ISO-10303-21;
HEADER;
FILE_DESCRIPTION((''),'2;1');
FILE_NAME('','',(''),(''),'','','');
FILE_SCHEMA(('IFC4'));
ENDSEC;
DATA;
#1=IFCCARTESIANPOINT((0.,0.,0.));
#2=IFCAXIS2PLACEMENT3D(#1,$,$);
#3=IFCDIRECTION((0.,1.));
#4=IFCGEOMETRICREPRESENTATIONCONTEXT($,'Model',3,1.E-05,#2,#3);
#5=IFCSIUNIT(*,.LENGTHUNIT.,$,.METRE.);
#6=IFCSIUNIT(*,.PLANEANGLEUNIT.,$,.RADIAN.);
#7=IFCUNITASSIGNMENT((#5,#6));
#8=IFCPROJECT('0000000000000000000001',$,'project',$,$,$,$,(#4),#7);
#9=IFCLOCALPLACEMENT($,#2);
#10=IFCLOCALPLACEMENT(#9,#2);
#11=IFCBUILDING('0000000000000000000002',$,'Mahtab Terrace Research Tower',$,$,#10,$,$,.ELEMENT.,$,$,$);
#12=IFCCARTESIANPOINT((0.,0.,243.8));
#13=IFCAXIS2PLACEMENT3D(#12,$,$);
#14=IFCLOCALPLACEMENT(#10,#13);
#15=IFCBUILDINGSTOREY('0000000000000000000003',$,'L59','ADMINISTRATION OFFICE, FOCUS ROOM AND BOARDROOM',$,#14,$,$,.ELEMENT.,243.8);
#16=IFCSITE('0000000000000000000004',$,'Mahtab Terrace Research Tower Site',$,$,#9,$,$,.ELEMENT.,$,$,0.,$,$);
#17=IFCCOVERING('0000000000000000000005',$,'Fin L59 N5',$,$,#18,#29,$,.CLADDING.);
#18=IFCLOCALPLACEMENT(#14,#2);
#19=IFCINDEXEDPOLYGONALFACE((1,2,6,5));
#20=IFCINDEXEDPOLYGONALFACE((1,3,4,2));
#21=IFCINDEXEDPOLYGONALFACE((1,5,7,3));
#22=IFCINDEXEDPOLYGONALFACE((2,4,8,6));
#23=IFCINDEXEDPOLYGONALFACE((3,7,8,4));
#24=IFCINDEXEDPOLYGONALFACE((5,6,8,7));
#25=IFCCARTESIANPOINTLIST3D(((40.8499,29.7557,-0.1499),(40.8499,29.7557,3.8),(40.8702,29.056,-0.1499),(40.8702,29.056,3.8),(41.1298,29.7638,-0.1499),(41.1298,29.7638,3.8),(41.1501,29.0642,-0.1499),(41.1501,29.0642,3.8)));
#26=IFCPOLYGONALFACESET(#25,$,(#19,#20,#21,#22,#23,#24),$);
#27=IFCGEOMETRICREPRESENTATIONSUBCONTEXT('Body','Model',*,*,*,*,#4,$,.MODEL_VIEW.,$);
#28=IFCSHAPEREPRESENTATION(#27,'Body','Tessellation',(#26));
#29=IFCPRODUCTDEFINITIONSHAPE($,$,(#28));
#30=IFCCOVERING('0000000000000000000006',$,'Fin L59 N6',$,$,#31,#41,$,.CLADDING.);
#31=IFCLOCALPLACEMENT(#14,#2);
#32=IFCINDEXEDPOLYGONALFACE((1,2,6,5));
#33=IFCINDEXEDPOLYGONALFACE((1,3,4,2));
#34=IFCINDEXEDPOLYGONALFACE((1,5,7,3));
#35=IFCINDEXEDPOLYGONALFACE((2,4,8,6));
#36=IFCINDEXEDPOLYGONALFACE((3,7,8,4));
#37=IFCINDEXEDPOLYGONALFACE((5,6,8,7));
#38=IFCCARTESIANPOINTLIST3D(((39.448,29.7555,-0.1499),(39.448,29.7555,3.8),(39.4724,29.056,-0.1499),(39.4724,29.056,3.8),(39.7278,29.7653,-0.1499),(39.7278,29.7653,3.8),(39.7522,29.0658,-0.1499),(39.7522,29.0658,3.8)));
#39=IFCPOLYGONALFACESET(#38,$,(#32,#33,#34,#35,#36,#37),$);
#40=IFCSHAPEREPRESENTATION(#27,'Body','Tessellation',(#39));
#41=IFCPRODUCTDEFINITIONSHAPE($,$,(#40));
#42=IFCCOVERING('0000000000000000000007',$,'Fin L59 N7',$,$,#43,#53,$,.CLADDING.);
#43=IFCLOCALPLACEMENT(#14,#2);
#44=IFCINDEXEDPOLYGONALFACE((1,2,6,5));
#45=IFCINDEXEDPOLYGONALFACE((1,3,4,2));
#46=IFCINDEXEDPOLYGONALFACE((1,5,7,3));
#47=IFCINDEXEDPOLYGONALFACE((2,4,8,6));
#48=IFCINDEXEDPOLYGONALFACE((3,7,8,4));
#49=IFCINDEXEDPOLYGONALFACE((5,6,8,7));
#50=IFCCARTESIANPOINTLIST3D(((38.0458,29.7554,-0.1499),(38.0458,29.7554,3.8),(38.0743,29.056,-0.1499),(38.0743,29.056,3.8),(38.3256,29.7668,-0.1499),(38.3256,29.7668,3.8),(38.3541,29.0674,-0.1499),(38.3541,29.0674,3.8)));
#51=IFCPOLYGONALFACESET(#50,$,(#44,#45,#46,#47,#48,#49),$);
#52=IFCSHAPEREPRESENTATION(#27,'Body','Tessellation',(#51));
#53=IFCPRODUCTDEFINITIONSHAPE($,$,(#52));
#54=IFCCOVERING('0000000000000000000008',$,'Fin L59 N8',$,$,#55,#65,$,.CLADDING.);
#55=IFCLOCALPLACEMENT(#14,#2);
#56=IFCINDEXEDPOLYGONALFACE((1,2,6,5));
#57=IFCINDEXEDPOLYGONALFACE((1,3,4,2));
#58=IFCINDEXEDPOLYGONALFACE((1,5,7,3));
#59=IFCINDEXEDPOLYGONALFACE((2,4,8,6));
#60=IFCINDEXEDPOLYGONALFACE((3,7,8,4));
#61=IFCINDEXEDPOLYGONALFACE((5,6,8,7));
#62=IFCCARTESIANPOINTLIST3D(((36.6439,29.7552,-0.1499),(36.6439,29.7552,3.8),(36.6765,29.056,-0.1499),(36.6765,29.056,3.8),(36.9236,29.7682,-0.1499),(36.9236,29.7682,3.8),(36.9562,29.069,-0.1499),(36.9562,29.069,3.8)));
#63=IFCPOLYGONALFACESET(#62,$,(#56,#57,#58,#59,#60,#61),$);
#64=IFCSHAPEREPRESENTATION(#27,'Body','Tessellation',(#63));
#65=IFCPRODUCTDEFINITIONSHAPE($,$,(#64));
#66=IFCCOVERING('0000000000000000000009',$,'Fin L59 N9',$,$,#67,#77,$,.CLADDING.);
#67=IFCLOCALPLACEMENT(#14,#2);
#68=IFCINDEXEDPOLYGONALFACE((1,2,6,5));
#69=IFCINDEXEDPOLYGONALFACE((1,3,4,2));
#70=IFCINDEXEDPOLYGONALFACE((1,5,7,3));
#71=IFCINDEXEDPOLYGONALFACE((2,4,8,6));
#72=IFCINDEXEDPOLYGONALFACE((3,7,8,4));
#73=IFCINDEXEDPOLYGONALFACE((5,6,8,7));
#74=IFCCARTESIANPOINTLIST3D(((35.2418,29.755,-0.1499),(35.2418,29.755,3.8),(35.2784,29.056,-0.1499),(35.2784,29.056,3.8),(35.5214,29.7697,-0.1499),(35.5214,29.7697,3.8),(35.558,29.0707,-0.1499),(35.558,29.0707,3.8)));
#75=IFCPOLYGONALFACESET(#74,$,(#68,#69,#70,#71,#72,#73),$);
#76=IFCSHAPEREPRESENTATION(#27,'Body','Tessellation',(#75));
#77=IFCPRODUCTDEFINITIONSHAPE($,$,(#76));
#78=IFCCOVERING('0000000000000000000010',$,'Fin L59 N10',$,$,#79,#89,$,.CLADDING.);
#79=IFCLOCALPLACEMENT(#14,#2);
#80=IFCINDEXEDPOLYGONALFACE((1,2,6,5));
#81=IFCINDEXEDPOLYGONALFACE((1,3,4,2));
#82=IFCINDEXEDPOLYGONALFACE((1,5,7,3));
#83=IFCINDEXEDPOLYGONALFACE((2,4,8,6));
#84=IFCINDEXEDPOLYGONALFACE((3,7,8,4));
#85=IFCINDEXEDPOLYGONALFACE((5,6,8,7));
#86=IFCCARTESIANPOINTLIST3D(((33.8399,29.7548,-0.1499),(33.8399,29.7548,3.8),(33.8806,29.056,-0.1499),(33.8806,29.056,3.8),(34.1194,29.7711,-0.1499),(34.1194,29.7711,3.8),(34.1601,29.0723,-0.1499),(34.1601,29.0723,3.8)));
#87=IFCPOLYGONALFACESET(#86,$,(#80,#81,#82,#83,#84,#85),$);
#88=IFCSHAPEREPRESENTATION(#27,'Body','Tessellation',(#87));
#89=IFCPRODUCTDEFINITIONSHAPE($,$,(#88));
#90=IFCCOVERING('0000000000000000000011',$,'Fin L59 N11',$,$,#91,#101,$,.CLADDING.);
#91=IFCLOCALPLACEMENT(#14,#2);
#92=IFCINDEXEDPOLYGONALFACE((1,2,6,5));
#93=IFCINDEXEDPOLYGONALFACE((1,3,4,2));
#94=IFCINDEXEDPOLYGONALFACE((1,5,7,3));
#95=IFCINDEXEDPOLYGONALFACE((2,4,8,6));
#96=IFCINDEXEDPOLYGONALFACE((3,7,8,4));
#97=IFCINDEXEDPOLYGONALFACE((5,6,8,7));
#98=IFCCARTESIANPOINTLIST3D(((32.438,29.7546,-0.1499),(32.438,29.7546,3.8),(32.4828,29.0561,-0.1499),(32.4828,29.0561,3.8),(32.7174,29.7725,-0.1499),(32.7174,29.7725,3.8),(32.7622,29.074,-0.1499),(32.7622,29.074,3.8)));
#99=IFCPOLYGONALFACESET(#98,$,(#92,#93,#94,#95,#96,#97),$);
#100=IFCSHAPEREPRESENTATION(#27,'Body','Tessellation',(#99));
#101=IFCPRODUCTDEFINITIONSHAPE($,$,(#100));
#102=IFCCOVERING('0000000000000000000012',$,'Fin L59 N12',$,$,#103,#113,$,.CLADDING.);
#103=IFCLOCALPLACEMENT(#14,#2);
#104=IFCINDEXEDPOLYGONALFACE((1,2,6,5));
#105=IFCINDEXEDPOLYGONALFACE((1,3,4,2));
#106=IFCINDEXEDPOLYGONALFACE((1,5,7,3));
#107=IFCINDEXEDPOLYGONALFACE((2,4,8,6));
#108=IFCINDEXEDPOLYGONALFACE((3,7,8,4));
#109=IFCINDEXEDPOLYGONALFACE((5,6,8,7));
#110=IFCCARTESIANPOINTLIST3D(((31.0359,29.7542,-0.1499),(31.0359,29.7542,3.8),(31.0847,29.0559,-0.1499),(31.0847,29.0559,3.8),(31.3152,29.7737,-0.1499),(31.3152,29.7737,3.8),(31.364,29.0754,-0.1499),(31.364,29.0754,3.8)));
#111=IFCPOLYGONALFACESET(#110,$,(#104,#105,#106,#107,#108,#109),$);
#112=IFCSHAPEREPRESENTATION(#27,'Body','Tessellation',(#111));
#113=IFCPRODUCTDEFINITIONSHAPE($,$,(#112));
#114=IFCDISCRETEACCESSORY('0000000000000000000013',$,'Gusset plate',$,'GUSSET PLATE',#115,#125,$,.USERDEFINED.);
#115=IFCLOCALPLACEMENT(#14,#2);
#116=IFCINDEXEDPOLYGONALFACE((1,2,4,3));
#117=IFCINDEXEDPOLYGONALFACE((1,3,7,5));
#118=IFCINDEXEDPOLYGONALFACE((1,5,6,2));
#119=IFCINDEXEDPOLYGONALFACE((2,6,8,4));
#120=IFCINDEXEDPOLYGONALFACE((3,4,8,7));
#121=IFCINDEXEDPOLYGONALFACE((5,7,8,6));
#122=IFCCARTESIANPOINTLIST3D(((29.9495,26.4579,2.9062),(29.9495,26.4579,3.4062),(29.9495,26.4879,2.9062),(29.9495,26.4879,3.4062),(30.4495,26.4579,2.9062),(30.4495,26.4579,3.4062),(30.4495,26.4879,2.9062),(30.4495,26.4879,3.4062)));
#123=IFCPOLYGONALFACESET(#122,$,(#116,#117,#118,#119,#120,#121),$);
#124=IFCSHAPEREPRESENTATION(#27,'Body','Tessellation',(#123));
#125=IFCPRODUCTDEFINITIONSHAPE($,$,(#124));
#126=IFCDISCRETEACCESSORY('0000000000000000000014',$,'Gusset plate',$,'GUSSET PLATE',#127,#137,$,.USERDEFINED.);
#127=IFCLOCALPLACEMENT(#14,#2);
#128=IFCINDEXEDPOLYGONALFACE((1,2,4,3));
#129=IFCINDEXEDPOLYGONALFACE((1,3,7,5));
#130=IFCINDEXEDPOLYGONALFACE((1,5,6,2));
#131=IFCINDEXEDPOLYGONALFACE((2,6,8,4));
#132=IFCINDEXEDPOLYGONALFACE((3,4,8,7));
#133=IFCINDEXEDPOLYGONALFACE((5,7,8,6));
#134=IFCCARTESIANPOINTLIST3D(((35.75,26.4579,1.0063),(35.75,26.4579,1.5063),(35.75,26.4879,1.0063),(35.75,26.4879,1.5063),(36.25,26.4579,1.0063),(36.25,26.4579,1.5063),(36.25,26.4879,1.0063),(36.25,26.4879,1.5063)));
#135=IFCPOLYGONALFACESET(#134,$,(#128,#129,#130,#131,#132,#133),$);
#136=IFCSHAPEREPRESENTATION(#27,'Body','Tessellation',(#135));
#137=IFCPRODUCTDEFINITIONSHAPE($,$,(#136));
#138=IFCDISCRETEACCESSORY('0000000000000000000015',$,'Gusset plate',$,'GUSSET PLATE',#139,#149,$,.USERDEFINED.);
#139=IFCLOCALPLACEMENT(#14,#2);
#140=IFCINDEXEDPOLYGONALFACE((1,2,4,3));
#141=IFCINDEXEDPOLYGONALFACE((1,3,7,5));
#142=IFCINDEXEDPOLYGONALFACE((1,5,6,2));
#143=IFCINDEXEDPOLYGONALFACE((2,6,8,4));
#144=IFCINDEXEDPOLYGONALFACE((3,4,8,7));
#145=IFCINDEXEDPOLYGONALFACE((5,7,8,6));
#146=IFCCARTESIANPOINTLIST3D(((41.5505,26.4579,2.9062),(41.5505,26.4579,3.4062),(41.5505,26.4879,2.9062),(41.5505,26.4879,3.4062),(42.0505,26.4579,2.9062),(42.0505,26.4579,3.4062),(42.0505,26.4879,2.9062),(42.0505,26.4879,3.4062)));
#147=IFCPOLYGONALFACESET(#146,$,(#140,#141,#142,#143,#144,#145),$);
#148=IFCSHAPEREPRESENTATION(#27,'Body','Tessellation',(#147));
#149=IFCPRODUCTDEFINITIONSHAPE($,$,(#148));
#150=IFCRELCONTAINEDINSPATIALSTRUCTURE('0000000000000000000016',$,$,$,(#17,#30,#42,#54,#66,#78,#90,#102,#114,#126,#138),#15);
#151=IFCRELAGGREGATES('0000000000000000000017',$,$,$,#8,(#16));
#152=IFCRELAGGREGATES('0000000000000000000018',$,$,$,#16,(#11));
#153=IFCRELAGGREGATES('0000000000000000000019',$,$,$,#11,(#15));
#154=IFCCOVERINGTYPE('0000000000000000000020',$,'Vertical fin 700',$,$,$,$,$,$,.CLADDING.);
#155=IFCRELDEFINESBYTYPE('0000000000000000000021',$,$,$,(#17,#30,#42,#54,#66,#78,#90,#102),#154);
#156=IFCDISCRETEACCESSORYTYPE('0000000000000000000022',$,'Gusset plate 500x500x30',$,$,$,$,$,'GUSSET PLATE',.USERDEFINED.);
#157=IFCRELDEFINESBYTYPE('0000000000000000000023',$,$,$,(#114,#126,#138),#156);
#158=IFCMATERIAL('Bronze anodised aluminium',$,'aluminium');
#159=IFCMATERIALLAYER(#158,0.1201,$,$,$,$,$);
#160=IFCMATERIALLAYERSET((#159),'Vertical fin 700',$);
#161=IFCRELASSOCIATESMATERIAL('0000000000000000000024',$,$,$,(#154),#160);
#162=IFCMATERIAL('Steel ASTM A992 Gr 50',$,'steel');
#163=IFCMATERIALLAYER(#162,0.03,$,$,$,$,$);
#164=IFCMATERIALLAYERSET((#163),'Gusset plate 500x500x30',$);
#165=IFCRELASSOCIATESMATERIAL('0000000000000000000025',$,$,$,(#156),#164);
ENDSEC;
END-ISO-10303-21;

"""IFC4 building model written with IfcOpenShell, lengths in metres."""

from ifc_helpers import new_model, si_unit, direction, frame, origin, origin_2d, place, context, subcontext, project, spatial, rectangle, extrude, material, layer, layer_set, type_object, element, save


model = new_model("IFC4")

# Units and contexts
model_context = context("Model", 3, precision=1e-05, world=origin(), true_north=direction((0.0, 1.0)))
body_context = subcontext(model_context, "Body", "Model", "MODEL_VIEW")
ifc_project = project(units=[si_unit("LENGTHUNIT", "METRE"), si_unit("PLANEANGLEUNIT", "RADIAN")], contexts=[model_context])

# Site, building, storey
site_placement = place(None, origin())
site = spatial("IfcSite", under=ifc_project, at=site_placement, Name="Mahtab Terrace Research Tower Site", CompositionType="ELEMENT", RefElevation=0.0)
building_placement = place(site_placement, origin())
building = spatial("IfcBuilding", under=site, at=building_placement, Name="Mahtab Terrace Research Tower", CompositionType="ELEMENT")
storey_placement = place(building_placement, frame((0.0, 0.0, 243.8)))
storey = spatial("IfcBuildingStorey", under=building, at=storey_placement, Name="L59", Description="ADMINISTRATION OFFICE, FOCUS ROOM AND BOARDROOM", CompositionType="ELEMENT", Elevation=243.8)

# Shared definitions
ifc_material_1 = material(Name="Steel ASTM A992 Gr 50", Category="steel")

# Coverings
ifc_material_2 = material(Name="Bronze anodised aluminium", Category="aluminium")
ifc_layer_1 = layer(ifc_material_2, 0.1201)
ifc_layer_set_1 = layer_set([ifc_layer_1], Name="Vertical fin 700")
covering_type = type_object("IfcCoveringType", Name="Vertical fin 700", PredefinedType="CLADDING", material=ifc_layer_set_1)
for number, where, z_axis, x_axis, name in (
    (1, (41.0, 29.4099, -0.1499), (0.0, 0.0, 1.0), (-0.999577, -0.029085, 0.0), "Fin L59 N5"),
    (2, (39.6001, 29.4106, -0.1499), (0.0, 0.0, 1.0), (-0.999391, -0.034899, 0.0), "Fin L59 N6"),
    (3, (38.2, 29.4114, -0.1499), (0.0, 0.0, 1.0), (-0.999171, -0.040713, 0.0), "Fin L59 N7"),
    (4, (36.8, 29.4121, -0.1499), (0.0, 0.0, 1.0), (-0.998917, -0.046525, 0.0), "Fin L59 N8"),
    (5, (35.3999, 29.4128, -0.1499), (0.0, 0.0, 1.0), (-0.99863, -0.052336, 0.0), "Fin L59 N9"),
    (6, (34.0, 29.4136, -0.1499), (0.0, 0.0, 1.0), (-0.998308, -0.058145, 0.0), "Fin L59 N10"),
    (7, (32.6001, 29.4143, -0.1499), (0.0, 0.0, 1.0), (-0.997953, -0.063952, 0.0), "Fin L59 N11"),
    (8, (31.2, 29.4148, -0.1499), (0.0, 0.0, 1.0), (-0.997564, -0.069756, 0.0), "Fin L59 N12"),
):
    element("IfcCovering", number, at=place(storey_placement, frame(where, z_axis=z_axis, x_axis=x_axis)), inside=storey, type_object=covering_type, Name=name, PredefinedType="CLADDING", context=body_context, shape_type="SweptSolid", body=[
        extrude(rectangle(XDim=0.28, YDim=0.7, at=origin_2d()), origin(), (0.0, 0.0, 1.0), 3.95),
    ])

# Discrete accessories
ifc_layer_2 = layer(ifc_material_1, 0.03)
ifc_layer_set_2 = layer_set([ifc_layer_2], Name="Gusset plate 500x500x30")
discrete_accessory_type = type_object("IfcDiscreteAccessoryType", Name="Gusset plate 500x500x30", ElementType="GUSSET PLATE", PredefinedType="USERDEFINED", material=ifc_layer_set_2)
for number, where, z_axis, x_axis, name in (
    (9, (30.1995, 26.4729, 2.9062), (0.0, 0.0, 1.0), (1.0, 0.0, 0.0), "Gusset plate"),
    (10, (36.0, 26.4729, 1.0063), (0.0, 0.0, 1.0), (1.0, 0.0, 0.0), "Gusset plate"),
    (11, (41.8005, 26.4729, 2.9062), (0.0, 0.0, 1.0), (1.0, 0.0, 0.0), "Gusset plate"),
):
    element("IfcDiscreteAccessory", number, at=place(storey_placement, frame(where, z_axis=z_axis, x_axis=x_axis)), inside=storey, type_object=discrete_accessory_type, Name=name, ObjectType="GUSSET PLATE", PredefinedType="USERDEFINED", context=body_context, shape_type="SweptSolid", body=[
        extrude(rectangle(XDim=0.5, YDim=0.03, at=origin_2d()), origin(), (0.0, 0.0, 1.0), 0.5),
    ])

save(model, "model.ifc")
